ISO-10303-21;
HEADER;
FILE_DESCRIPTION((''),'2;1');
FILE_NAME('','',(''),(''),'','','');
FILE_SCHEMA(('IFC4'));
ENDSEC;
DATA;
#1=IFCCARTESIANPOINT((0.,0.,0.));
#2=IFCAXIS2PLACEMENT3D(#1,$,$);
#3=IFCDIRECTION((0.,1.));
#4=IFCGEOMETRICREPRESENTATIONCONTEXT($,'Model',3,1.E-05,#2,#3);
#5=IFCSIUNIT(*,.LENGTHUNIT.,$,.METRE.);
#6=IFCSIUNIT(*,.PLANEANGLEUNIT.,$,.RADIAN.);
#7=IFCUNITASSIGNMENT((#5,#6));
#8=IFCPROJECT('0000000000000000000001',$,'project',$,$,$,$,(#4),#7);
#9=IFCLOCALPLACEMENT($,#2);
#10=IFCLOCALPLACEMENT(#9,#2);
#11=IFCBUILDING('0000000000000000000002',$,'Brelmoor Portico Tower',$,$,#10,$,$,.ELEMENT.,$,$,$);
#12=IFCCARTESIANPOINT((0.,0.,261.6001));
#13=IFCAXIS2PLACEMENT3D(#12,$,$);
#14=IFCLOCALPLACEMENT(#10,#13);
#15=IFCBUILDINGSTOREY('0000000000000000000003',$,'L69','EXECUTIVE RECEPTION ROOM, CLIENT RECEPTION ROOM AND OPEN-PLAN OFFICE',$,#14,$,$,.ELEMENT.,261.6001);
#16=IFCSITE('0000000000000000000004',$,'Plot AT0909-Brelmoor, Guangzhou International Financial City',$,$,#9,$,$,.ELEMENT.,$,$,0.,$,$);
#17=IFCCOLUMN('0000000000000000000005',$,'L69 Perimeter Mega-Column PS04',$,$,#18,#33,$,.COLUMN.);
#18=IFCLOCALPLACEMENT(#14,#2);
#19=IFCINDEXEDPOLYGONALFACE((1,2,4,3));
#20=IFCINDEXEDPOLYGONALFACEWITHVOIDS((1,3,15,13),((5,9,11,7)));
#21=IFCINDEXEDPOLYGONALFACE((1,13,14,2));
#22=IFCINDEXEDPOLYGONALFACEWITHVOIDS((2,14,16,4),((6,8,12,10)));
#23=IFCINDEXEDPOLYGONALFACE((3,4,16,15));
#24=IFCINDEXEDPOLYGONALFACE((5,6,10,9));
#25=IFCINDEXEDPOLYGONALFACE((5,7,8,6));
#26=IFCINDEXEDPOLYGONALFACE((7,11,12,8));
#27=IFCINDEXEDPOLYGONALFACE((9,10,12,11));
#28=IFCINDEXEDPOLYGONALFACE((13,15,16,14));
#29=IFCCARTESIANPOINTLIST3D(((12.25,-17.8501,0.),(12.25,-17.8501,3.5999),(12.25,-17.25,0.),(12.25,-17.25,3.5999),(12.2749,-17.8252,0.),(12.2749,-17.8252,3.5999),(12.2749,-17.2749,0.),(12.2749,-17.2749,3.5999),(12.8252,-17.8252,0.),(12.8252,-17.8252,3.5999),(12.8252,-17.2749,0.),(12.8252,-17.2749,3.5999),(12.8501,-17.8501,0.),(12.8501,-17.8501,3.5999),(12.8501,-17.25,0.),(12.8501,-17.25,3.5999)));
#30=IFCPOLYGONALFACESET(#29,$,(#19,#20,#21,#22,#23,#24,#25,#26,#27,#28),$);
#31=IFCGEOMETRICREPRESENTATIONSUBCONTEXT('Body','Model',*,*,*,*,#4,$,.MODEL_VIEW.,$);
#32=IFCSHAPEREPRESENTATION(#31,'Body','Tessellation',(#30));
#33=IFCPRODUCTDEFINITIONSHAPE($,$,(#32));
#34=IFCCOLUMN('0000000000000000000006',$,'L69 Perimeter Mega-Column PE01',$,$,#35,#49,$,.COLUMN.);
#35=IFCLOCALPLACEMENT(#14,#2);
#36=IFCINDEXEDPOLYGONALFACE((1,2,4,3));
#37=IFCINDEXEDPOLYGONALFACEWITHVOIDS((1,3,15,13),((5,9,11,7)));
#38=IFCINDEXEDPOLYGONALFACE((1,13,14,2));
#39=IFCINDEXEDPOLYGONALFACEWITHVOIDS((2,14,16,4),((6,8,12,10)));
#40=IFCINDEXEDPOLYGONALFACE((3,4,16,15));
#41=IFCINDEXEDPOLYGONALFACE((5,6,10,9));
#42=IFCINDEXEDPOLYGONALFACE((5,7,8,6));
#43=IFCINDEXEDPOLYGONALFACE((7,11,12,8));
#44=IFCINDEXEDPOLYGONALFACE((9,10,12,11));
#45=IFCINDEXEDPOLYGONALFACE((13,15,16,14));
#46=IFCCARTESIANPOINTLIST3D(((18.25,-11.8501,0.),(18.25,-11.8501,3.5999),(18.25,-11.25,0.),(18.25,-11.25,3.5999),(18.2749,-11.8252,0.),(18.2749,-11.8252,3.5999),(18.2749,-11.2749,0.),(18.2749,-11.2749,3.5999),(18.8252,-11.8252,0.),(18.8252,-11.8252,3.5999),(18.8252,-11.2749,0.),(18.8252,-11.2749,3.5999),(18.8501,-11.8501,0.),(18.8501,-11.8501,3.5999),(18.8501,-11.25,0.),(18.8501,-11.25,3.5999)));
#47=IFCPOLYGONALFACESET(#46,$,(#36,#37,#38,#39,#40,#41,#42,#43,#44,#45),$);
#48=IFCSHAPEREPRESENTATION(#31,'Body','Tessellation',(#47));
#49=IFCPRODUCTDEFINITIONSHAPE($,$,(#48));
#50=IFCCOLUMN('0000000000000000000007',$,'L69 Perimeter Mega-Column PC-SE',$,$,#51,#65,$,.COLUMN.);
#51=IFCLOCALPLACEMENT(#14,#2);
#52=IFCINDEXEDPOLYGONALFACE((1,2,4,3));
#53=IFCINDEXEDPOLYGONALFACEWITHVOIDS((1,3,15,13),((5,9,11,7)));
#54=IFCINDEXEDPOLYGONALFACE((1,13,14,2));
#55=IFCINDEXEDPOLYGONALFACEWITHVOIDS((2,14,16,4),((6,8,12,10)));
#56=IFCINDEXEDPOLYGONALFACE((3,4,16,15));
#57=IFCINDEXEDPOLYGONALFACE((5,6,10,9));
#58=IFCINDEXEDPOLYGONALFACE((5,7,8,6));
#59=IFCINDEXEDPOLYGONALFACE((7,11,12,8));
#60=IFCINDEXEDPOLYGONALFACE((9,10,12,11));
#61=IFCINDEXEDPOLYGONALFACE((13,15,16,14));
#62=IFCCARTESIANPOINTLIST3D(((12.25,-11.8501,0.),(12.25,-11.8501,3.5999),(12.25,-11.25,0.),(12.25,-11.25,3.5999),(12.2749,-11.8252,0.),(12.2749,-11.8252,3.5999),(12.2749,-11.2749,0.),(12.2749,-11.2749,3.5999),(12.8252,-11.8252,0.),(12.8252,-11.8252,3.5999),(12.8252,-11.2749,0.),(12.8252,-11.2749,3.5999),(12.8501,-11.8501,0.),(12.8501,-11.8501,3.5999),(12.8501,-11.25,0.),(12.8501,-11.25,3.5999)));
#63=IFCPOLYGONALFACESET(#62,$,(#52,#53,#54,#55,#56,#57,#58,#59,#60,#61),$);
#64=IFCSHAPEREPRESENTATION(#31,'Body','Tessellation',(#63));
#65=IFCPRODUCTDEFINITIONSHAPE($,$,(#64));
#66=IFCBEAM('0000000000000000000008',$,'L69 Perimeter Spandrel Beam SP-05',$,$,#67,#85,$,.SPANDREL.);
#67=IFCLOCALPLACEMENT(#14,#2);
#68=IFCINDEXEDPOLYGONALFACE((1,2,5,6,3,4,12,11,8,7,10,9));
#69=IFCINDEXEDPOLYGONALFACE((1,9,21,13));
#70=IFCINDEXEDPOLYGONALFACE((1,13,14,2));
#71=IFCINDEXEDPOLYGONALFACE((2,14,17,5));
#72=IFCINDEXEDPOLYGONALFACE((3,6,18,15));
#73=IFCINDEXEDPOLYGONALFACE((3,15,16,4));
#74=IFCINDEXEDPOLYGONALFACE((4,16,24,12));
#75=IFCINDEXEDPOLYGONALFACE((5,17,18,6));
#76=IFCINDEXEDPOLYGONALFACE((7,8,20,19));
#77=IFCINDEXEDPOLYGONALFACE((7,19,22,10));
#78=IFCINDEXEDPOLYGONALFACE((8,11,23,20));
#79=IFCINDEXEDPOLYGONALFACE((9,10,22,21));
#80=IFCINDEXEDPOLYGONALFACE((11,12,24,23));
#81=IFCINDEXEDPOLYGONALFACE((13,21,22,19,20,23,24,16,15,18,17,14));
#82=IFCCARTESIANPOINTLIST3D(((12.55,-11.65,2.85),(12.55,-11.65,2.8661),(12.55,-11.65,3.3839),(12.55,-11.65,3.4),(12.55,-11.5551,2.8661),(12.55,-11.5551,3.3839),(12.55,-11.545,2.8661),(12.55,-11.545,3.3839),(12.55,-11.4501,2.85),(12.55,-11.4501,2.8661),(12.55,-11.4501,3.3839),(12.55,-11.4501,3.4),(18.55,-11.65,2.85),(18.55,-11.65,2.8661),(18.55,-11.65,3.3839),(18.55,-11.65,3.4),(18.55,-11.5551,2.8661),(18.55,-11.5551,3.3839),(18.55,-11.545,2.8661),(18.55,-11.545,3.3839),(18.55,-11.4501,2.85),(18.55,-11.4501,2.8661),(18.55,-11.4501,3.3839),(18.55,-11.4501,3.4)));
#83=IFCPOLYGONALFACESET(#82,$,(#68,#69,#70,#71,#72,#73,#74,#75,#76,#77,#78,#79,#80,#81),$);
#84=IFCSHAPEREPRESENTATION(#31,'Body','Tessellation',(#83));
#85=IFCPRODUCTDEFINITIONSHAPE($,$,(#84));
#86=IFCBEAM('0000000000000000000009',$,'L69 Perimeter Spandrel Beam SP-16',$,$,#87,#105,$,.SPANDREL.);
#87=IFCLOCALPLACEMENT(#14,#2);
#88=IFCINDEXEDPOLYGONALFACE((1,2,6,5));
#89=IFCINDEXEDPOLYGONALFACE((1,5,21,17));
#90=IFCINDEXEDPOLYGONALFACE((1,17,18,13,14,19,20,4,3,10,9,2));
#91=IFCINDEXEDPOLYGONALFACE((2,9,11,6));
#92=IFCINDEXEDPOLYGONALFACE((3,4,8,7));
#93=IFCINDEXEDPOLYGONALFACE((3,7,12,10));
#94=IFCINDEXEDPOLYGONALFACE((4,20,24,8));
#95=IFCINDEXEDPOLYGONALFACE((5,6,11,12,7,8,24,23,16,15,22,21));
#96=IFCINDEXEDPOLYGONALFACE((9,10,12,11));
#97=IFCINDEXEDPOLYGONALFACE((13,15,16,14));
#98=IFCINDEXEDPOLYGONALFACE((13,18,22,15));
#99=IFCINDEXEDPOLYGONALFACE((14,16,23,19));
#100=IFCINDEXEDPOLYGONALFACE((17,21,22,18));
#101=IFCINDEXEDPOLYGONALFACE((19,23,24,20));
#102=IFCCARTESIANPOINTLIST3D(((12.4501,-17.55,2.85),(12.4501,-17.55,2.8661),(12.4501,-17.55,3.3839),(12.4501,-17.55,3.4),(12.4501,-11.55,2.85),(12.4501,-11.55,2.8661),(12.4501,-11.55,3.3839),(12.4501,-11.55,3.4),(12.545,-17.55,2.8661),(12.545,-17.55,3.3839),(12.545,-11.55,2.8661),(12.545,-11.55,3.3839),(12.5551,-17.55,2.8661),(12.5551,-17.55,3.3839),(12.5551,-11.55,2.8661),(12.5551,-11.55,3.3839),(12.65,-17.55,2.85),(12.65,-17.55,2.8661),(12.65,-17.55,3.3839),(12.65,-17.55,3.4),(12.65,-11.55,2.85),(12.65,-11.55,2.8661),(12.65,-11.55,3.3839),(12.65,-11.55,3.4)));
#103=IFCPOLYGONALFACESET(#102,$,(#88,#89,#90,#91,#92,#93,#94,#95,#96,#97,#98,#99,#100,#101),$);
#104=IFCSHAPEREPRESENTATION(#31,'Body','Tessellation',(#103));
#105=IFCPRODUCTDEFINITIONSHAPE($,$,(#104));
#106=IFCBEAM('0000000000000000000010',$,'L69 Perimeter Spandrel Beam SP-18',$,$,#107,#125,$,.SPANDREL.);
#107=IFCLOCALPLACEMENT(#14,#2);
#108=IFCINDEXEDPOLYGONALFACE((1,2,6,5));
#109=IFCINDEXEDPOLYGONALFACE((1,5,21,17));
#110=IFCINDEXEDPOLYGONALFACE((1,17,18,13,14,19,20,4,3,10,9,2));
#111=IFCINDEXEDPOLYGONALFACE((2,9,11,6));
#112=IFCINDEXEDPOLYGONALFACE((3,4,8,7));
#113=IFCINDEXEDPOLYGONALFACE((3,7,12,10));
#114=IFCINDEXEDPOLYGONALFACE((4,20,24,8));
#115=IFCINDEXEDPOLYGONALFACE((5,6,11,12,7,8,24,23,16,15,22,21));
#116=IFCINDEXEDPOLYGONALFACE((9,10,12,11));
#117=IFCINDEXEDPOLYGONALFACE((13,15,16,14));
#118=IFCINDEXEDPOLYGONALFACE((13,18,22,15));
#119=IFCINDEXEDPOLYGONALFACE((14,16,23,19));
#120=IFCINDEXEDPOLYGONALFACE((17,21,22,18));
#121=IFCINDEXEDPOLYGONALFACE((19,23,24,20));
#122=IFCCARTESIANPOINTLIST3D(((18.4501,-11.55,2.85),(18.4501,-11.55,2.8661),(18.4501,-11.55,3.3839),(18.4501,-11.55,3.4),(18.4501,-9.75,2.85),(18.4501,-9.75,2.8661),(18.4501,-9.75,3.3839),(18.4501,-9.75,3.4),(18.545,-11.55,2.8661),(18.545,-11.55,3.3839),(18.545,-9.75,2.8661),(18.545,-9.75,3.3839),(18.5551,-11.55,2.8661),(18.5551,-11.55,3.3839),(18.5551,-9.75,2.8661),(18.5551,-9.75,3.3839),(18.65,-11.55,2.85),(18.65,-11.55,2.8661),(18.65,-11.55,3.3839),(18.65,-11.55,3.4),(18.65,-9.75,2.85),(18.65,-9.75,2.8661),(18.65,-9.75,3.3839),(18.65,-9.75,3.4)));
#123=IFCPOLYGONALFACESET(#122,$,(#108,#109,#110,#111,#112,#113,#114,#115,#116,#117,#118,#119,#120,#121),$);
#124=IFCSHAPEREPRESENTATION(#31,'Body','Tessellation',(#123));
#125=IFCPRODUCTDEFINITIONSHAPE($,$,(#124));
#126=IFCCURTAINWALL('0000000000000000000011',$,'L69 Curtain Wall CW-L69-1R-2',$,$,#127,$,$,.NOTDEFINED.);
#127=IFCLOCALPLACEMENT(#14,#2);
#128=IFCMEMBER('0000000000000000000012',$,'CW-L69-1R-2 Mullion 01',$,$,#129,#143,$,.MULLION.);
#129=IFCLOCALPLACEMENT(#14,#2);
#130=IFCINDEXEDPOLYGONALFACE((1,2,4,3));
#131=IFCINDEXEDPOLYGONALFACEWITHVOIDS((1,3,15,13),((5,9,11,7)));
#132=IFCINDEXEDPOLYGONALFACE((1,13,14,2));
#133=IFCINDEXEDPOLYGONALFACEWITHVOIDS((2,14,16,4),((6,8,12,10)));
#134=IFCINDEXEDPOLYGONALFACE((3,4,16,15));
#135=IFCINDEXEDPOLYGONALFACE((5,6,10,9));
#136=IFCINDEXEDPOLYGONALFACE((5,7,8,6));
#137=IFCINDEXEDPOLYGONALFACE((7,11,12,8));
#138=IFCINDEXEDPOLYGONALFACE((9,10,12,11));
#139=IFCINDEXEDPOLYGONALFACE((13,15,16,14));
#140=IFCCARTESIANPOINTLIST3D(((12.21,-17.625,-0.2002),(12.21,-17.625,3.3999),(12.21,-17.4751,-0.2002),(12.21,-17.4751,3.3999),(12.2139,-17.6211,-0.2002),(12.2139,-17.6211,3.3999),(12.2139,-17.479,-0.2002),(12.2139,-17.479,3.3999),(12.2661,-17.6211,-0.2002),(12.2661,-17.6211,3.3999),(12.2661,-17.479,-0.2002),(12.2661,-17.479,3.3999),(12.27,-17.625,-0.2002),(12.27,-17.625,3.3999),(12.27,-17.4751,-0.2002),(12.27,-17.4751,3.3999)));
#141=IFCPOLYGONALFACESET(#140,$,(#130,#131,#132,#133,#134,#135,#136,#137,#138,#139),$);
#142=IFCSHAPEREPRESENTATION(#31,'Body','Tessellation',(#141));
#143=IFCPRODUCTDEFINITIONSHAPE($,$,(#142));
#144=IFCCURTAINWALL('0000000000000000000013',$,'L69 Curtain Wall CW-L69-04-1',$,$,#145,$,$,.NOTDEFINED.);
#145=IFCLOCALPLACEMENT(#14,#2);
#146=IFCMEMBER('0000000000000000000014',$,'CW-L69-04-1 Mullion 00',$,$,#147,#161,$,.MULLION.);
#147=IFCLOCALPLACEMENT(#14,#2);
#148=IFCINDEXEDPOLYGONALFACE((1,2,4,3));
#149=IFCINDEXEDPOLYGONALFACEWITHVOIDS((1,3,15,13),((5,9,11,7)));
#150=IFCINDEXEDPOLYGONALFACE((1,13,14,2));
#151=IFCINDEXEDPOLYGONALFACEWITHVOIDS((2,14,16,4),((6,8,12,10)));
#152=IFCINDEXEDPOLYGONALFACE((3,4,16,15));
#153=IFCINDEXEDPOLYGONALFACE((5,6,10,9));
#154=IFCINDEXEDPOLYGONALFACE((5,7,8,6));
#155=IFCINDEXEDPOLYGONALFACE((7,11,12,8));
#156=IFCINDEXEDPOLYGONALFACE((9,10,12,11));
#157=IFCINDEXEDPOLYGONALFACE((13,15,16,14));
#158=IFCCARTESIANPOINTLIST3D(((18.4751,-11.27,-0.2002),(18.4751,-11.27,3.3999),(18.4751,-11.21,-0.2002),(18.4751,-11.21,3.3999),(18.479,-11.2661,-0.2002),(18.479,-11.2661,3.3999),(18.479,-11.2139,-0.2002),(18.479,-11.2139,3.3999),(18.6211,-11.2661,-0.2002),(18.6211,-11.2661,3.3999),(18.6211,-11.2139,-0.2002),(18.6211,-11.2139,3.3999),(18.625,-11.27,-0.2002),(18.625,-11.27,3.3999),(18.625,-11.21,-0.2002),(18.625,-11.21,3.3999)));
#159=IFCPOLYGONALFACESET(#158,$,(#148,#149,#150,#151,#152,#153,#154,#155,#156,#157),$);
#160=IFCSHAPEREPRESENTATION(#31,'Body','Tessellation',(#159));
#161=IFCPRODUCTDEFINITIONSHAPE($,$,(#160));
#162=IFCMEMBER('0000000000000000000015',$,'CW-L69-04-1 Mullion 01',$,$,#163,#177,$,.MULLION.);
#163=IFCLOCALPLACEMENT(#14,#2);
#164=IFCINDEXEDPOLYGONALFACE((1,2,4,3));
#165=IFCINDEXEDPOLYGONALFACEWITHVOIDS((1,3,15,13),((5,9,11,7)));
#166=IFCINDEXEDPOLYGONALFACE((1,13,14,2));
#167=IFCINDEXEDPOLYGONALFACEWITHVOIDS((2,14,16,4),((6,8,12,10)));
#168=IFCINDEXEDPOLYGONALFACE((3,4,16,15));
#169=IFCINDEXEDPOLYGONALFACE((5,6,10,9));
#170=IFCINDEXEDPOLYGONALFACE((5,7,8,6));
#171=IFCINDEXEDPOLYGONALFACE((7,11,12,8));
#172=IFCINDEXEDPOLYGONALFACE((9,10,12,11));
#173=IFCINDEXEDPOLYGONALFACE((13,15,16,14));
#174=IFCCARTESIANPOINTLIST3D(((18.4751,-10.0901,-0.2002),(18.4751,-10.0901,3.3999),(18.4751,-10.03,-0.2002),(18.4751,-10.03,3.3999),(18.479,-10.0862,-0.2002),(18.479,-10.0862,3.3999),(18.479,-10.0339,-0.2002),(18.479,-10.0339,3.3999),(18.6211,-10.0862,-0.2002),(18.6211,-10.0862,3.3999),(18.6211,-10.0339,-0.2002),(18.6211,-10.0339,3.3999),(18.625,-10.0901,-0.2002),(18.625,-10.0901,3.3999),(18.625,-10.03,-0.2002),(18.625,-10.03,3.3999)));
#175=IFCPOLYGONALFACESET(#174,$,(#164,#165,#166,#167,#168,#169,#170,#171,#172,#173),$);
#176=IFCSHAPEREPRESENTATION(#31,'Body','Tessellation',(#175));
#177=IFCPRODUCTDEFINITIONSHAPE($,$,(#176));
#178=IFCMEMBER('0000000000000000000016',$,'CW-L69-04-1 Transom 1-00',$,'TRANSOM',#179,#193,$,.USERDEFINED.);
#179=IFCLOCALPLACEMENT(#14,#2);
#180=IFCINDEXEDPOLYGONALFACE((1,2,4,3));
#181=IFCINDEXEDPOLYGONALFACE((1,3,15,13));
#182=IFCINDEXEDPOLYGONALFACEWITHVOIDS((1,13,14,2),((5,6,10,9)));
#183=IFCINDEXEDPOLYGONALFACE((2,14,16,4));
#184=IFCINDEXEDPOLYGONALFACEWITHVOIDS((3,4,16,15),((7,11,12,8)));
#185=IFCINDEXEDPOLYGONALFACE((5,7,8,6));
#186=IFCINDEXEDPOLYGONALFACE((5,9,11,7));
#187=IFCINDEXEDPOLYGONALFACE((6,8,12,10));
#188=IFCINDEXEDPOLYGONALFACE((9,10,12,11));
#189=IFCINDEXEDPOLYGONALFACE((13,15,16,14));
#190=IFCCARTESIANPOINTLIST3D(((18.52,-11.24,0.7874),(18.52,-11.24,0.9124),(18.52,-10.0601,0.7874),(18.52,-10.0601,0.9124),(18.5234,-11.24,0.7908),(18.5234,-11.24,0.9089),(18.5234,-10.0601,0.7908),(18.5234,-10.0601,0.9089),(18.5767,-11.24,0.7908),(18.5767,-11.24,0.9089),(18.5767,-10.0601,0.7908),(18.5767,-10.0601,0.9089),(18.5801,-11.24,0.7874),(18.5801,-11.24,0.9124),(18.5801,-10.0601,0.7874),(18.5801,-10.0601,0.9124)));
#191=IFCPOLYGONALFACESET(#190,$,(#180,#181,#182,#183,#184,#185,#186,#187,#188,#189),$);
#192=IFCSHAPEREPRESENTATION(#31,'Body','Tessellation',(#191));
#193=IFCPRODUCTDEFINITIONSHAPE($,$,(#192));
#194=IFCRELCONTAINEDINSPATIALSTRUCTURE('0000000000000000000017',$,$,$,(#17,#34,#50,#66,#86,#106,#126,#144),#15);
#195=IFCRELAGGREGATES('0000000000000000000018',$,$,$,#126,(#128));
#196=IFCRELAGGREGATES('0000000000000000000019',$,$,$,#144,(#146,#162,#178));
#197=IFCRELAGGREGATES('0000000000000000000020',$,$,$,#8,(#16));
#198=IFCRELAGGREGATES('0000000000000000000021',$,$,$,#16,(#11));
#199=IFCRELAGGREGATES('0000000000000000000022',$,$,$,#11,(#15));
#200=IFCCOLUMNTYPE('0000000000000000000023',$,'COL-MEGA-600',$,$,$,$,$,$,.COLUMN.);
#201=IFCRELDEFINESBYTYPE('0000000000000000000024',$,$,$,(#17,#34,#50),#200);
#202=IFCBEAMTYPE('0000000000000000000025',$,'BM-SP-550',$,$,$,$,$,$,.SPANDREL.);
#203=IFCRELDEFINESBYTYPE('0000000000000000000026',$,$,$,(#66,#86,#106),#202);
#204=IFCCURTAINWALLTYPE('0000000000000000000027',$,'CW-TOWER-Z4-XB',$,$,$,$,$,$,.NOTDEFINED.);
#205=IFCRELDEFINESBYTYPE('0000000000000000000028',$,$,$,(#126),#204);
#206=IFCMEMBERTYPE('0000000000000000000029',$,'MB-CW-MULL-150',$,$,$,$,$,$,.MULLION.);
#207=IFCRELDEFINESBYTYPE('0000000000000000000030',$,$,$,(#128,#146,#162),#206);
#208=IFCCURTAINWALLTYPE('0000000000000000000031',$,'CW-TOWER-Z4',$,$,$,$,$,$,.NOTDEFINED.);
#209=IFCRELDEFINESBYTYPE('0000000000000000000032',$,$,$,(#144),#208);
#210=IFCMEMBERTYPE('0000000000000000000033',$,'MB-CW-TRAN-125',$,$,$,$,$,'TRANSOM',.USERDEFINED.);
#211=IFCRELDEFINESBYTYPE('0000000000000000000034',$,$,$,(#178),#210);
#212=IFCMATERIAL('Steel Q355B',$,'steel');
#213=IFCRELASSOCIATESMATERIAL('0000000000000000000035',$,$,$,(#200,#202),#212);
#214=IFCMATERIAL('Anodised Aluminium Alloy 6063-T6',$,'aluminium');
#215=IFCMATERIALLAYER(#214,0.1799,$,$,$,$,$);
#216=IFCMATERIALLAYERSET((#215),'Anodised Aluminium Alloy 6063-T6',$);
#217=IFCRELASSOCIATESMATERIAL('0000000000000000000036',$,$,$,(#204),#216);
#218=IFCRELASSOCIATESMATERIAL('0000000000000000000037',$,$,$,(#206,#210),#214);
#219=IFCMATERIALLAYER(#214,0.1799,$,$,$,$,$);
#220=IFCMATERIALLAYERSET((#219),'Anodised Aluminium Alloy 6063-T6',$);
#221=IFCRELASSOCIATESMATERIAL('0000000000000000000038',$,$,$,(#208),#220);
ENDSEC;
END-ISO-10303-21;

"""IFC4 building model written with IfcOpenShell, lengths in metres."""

from ifc_helpers import new_model, si_unit, direction, frame, origin, origin_2d, place, context, subcontext, project, spatial, hollow_rectangle, i_section, extrude, material, layer, layer_set, material_profile, profile_set, type_object, element, aggregate, save


model = new_model("IFC4")

# Units and contexts
model_context = context("Model", 3, precision=1e-05, world=origin(), true_north=direction((0.0, 1.0)))
body_context = subcontext(model_context, "Body", "Model", "MODEL_VIEW")
ifc_project = project(units=[si_unit("LENGTHUNIT", "METRE"), si_unit("PLANEANGLEUNIT", "RADIAN")], contexts=[model_context])

# Site, building, storey
site_placement = place(None, origin())
site = spatial("IfcSite", under=ifc_project, at=site_placement, Name="Plot AT0909-Brelmoor, Guangzhou International Financial City", CompositionType="ELEMENT", RefElevation=0.0)
building_placement = place(site_placement, origin())
building = spatial("IfcBuilding", under=site, at=building_placement, Name="Brelmoor Portico Tower", CompositionType="ELEMENT")
storey_placement = place(building_placement, frame((0.0, 0.0, 261.6001)))
storey = spatial("IfcBuildingStorey", under=building, at=storey_placement, Name="L69", Description="EXECUTIVE RECEPTION ROOM, CLIENT RECEPTION ROOM AND OPEN-PLAN OFFICE", CompositionType="ELEMENT", Elevation=261.6001)

# Columns
ifc_material_1 = material(Name="Steel Q355B", Category="steel")
ifc_material_profile_1 = material_profile(ifc_material_1, hollow_rectangle(XDim=0.6001, YDim=0.6001, WallThickness=0.0249, at=origin_2d()), Name="BOX 600x600x25")
ifc_profile_set_1 = profile_set([ifc_material_profile_1], Name="Steel Q355B")
column_type = type_object("IfcColumnType", Name="COL-MEGA-600", PredefinedType="COLUMN", material=ifc_profile_set_1)
for number, where, z_axis, x_axis, name in (
    (1, (12.55, -17.55, 0.0), (0.0, 0.0, 1.0), (1.0, 0.0, 0.0), "L69 Perimeter Mega-Column PS04"),
    (2, (18.55, -11.55, 0.0), (0.0, 0.0, 1.0), (0.0, 1.0, 0.0), "L69 Perimeter Mega-Column PE01"),
    (3, (12.55, -11.55, 0.0), (0.0, 0.0, 1.0), (1.0, 0.0, 0.0), "L69 Perimeter Mega-Column PC-SE"),
):
    element("IfcColumn", number, at=place(storey_placement, frame(where, z_axis=z_axis, x_axis=x_axis)), inside=storey, type_object=column_type, Name=name, PredefinedType="COLUMN", context=body_context, shape_type="SweptSolid", body=[
        extrude(hollow_rectangle(XDim=0.6001, YDim=0.6001, WallThickness=0.0249, at=origin_2d()), origin(), (0.0, 0.0, 1.0), 3.5999),
    ])

# Beams
ifc_material_profile_2 = material_profile(ifc_material_1, i_section(OverallWidth=0.2, OverallDepth=0.55, WebThickness=0.01, FlangeThickness=0.0161, at=origin_2d()), Name="HN 550x200x10x16")
ifc_profile_set_2 = profile_set([ifc_material_profile_2], Name="Steel Q355B")
beam_type = type_object("IfcBeamType", Name="BM-SP-550", PredefinedType="SPANDREL", material=ifc_profile_set_2)
for number, where, z_axis, x_axis, name in (
    (4, (12.55, -11.55, 3.125), (1.0, 0.0, 0.0), (0.0, 1.0, 0.0), "L69 Perimeter Spandrel Beam SP-05"),
    (5, (12.55, -17.55, 3.125), (0.0, 1.0, 0.0), (-1.0, 0.0, 0.0), "L69 Perimeter Spandrel Beam SP-16"),
):
    element("IfcBeam", number, at=place(storey_placement, frame(where, z_axis=z_axis, x_axis=x_axis)), inside=storey, type_object=beam_type, Name=name, PredefinedType="SPANDREL", context=body_context, shape_type="SweptSolid", body=[
        extrude(i_section(OverallWidth=0.2, OverallDepth=0.55, WebThickness=0.01, FlangeThickness=0.0161, at=origin_2d()), origin(), (0.0, 0.0, 1.0), 6.0),
    ])
beam_placement = place(storey_placement, frame((18.55, -11.55, 3.125), z_axis=(0.0, 1.0, 0.0), x_axis=(-1.0, 0.0, 0.0)))
element("IfcBeam", 6, at=beam_placement, inside=storey, type_object=beam_type, Name="L69 Perimeter Spandrel Beam SP-18", PredefinedType="SPANDREL", context=body_context, shape_type="SweptSolid", body=[
    extrude(i_section(OverallWidth=0.2, OverallDepth=0.55, WebThickness=0.01, FlangeThickness=0.0161, at=origin_2d()), origin(), (0.0, 0.0, 1.0), 1.8),
])

# Curtain wall, member
ifc_material_2 = material(Name="Anodised Aluminium Alloy 6063-T6", Category="aluminium")
ifc_layer_1 = layer(ifc_material_2, 0.1799)
ifc_layer_set_1 = layer_set([ifc_layer_1], Name="Anodised Aluminium Alloy 6063-T6")
curtain_wall_type_1 = type_object("IfcCurtainWallType", Name="CW-TOWER-Z4-XB", PredefinedType="NOTDEFINED", material=ifc_layer_set_1)
curtain_wall_1_placement = place(storey_placement, origin())
curtain_wall_1 = element("IfcCurtainWall", 7, at=curtain_wall_1_placement, inside=storey, type_object=curtain_wall_type_1, Name="L69 Curtain Wall CW-L69-1R-2", PredefinedType="NOTDEFINED")
ifc_material_profile_3 = material_profile(ifc_material_2, hollow_rectangle(XDim=0.0601, YDim=0.1499, WallThickness=0.0039, at=origin_2d()), Name="ALU MULLION 60x150")
ifc_profile_set_3 = profile_set([ifc_material_profile_3], Name="Anodised Aluminium Alloy 6063-T6")
member_type_1 = type_object("IfcMemberType", Name="MB-CW-MULL-150", PredefinedType="MULLION", material=ifc_profile_set_3)
member_1_placement = place(storey_placement, frame((12.24, -17.55, -0.2002), z_axis=(0.0, 0.0, 1.0), x_axis=(1.0, 0.0, 0.0)))
member_1 = element("IfcMember", 8, at=member_1_placement, type_object=member_type_1, Name="CW-L69-1R-2 Mullion 01", PredefinedType="MULLION", context=body_context, shape_type="SweptSolid", body=[
    extrude(hollow_rectangle(XDim=0.0601, YDim=0.1499, WallThickness=0.0039, at=origin_2d()), origin(), (0.0, 0.0, 1.0), 3.6001),
])

# Curtain wall, members
ifc_layer_2 = layer(ifc_material_2, 0.1799)
ifc_layer_set_2 = layer_set([ifc_layer_2], Name="Anodised Aluminium Alloy 6063-T6")
curtain_wall_type_2 = type_object("IfcCurtainWallType", Name="CW-TOWER-Z4", PredefinedType="NOTDEFINED", material=ifc_layer_set_2)
curtain_wall_2_placement = place(storey_placement, origin())
curtain_wall_2 = element("IfcCurtainWall", 9, at=curtain_wall_2_placement, inside=storey, type_object=curtain_wall_type_2, Name="L69 Curtain Wall CW-L69-04-1", PredefinedType="NOTDEFINED")
member_2_placement = place(storey_placement, frame((18.55, -11.24, -0.2002), z_axis=(0.0, 0.0, 1.0), x_axis=(0.0, 1.0, 0.0)))
member_2 = element("IfcMember", 10, at=member_2_placement, type_object=member_type_1, Name="CW-L69-04-1 Mullion 00", PredefinedType="MULLION", context=body_context, shape_type="SweptSolid", body=[
    extrude(hollow_rectangle(XDim=0.0601, YDim=0.1499, WallThickness=0.0039, at=origin_2d()), origin(), (0.0, 0.0, 1.0), 3.6001),
])
member_3_placement = place(storey_placement, frame((18.55, -10.0601, -0.2002), z_axis=(0.0, 0.0, 1.0), x_axis=(0.0, 1.0, 0.0)))
member_3 = element("IfcMember", 11, at=member_3_placement, type_object=member_type_1, Name="CW-L69-04-1 Mullion 01", PredefinedType="MULLION", context=body_context, shape_type="SweptSolid", body=[
    extrude(hollow_rectangle(XDim=0.0601, YDim=0.1499, WallThickness=0.0039, at=origin_2d()), origin(), (0.0, 0.0, 1.0), 3.6001),
])
ifc_material_profile_4 = material_profile(ifc_material_2, hollow_rectangle(XDim=0.0601, YDim=0.125, WallThickness=0.0034, at=origin_2d()), Name="ALU TRANSOM 60x125")
ifc_profile_set_4 = profile_set([ifc_material_profile_4], Name="Anodised Aluminium Alloy 6063-T6")
member_type_2 = type_object("IfcMemberType", Name="MB-CW-TRAN-125", ElementType="TRANSOM", PredefinedType="USERDEFINED", material=ifc_profile_set_4)
member_4_placement = place(storey_placement, frame((18.55, -11.24, 0.8499), z_axis=(0.0, 1.0, 0.0), x_axis=(-1.0, 0.0, 0.0)))
member_4 = element("IfcMember", 12, at=member_4_placement, type_object=member_type_2, Name="CW-L69-04-1 Transom 1-00", ObjectType="TRANSOM", PredefinedType="USERDEFINED", context=body_context, shape_type="SweptSolid", body=[
    extrude(hollow_rectangle(XDim=0.0601, YDim=0.125, WallThickness=0.0034, at=origin_2d()), origin(), (0.0, 0.0, 1.0), 1.1799),
])

aggregate(curtain_wall_1, [member_1])
aggregate(curtain_wall_2, [member_2, member_3, member_4])

save(model, "model.ifc")
